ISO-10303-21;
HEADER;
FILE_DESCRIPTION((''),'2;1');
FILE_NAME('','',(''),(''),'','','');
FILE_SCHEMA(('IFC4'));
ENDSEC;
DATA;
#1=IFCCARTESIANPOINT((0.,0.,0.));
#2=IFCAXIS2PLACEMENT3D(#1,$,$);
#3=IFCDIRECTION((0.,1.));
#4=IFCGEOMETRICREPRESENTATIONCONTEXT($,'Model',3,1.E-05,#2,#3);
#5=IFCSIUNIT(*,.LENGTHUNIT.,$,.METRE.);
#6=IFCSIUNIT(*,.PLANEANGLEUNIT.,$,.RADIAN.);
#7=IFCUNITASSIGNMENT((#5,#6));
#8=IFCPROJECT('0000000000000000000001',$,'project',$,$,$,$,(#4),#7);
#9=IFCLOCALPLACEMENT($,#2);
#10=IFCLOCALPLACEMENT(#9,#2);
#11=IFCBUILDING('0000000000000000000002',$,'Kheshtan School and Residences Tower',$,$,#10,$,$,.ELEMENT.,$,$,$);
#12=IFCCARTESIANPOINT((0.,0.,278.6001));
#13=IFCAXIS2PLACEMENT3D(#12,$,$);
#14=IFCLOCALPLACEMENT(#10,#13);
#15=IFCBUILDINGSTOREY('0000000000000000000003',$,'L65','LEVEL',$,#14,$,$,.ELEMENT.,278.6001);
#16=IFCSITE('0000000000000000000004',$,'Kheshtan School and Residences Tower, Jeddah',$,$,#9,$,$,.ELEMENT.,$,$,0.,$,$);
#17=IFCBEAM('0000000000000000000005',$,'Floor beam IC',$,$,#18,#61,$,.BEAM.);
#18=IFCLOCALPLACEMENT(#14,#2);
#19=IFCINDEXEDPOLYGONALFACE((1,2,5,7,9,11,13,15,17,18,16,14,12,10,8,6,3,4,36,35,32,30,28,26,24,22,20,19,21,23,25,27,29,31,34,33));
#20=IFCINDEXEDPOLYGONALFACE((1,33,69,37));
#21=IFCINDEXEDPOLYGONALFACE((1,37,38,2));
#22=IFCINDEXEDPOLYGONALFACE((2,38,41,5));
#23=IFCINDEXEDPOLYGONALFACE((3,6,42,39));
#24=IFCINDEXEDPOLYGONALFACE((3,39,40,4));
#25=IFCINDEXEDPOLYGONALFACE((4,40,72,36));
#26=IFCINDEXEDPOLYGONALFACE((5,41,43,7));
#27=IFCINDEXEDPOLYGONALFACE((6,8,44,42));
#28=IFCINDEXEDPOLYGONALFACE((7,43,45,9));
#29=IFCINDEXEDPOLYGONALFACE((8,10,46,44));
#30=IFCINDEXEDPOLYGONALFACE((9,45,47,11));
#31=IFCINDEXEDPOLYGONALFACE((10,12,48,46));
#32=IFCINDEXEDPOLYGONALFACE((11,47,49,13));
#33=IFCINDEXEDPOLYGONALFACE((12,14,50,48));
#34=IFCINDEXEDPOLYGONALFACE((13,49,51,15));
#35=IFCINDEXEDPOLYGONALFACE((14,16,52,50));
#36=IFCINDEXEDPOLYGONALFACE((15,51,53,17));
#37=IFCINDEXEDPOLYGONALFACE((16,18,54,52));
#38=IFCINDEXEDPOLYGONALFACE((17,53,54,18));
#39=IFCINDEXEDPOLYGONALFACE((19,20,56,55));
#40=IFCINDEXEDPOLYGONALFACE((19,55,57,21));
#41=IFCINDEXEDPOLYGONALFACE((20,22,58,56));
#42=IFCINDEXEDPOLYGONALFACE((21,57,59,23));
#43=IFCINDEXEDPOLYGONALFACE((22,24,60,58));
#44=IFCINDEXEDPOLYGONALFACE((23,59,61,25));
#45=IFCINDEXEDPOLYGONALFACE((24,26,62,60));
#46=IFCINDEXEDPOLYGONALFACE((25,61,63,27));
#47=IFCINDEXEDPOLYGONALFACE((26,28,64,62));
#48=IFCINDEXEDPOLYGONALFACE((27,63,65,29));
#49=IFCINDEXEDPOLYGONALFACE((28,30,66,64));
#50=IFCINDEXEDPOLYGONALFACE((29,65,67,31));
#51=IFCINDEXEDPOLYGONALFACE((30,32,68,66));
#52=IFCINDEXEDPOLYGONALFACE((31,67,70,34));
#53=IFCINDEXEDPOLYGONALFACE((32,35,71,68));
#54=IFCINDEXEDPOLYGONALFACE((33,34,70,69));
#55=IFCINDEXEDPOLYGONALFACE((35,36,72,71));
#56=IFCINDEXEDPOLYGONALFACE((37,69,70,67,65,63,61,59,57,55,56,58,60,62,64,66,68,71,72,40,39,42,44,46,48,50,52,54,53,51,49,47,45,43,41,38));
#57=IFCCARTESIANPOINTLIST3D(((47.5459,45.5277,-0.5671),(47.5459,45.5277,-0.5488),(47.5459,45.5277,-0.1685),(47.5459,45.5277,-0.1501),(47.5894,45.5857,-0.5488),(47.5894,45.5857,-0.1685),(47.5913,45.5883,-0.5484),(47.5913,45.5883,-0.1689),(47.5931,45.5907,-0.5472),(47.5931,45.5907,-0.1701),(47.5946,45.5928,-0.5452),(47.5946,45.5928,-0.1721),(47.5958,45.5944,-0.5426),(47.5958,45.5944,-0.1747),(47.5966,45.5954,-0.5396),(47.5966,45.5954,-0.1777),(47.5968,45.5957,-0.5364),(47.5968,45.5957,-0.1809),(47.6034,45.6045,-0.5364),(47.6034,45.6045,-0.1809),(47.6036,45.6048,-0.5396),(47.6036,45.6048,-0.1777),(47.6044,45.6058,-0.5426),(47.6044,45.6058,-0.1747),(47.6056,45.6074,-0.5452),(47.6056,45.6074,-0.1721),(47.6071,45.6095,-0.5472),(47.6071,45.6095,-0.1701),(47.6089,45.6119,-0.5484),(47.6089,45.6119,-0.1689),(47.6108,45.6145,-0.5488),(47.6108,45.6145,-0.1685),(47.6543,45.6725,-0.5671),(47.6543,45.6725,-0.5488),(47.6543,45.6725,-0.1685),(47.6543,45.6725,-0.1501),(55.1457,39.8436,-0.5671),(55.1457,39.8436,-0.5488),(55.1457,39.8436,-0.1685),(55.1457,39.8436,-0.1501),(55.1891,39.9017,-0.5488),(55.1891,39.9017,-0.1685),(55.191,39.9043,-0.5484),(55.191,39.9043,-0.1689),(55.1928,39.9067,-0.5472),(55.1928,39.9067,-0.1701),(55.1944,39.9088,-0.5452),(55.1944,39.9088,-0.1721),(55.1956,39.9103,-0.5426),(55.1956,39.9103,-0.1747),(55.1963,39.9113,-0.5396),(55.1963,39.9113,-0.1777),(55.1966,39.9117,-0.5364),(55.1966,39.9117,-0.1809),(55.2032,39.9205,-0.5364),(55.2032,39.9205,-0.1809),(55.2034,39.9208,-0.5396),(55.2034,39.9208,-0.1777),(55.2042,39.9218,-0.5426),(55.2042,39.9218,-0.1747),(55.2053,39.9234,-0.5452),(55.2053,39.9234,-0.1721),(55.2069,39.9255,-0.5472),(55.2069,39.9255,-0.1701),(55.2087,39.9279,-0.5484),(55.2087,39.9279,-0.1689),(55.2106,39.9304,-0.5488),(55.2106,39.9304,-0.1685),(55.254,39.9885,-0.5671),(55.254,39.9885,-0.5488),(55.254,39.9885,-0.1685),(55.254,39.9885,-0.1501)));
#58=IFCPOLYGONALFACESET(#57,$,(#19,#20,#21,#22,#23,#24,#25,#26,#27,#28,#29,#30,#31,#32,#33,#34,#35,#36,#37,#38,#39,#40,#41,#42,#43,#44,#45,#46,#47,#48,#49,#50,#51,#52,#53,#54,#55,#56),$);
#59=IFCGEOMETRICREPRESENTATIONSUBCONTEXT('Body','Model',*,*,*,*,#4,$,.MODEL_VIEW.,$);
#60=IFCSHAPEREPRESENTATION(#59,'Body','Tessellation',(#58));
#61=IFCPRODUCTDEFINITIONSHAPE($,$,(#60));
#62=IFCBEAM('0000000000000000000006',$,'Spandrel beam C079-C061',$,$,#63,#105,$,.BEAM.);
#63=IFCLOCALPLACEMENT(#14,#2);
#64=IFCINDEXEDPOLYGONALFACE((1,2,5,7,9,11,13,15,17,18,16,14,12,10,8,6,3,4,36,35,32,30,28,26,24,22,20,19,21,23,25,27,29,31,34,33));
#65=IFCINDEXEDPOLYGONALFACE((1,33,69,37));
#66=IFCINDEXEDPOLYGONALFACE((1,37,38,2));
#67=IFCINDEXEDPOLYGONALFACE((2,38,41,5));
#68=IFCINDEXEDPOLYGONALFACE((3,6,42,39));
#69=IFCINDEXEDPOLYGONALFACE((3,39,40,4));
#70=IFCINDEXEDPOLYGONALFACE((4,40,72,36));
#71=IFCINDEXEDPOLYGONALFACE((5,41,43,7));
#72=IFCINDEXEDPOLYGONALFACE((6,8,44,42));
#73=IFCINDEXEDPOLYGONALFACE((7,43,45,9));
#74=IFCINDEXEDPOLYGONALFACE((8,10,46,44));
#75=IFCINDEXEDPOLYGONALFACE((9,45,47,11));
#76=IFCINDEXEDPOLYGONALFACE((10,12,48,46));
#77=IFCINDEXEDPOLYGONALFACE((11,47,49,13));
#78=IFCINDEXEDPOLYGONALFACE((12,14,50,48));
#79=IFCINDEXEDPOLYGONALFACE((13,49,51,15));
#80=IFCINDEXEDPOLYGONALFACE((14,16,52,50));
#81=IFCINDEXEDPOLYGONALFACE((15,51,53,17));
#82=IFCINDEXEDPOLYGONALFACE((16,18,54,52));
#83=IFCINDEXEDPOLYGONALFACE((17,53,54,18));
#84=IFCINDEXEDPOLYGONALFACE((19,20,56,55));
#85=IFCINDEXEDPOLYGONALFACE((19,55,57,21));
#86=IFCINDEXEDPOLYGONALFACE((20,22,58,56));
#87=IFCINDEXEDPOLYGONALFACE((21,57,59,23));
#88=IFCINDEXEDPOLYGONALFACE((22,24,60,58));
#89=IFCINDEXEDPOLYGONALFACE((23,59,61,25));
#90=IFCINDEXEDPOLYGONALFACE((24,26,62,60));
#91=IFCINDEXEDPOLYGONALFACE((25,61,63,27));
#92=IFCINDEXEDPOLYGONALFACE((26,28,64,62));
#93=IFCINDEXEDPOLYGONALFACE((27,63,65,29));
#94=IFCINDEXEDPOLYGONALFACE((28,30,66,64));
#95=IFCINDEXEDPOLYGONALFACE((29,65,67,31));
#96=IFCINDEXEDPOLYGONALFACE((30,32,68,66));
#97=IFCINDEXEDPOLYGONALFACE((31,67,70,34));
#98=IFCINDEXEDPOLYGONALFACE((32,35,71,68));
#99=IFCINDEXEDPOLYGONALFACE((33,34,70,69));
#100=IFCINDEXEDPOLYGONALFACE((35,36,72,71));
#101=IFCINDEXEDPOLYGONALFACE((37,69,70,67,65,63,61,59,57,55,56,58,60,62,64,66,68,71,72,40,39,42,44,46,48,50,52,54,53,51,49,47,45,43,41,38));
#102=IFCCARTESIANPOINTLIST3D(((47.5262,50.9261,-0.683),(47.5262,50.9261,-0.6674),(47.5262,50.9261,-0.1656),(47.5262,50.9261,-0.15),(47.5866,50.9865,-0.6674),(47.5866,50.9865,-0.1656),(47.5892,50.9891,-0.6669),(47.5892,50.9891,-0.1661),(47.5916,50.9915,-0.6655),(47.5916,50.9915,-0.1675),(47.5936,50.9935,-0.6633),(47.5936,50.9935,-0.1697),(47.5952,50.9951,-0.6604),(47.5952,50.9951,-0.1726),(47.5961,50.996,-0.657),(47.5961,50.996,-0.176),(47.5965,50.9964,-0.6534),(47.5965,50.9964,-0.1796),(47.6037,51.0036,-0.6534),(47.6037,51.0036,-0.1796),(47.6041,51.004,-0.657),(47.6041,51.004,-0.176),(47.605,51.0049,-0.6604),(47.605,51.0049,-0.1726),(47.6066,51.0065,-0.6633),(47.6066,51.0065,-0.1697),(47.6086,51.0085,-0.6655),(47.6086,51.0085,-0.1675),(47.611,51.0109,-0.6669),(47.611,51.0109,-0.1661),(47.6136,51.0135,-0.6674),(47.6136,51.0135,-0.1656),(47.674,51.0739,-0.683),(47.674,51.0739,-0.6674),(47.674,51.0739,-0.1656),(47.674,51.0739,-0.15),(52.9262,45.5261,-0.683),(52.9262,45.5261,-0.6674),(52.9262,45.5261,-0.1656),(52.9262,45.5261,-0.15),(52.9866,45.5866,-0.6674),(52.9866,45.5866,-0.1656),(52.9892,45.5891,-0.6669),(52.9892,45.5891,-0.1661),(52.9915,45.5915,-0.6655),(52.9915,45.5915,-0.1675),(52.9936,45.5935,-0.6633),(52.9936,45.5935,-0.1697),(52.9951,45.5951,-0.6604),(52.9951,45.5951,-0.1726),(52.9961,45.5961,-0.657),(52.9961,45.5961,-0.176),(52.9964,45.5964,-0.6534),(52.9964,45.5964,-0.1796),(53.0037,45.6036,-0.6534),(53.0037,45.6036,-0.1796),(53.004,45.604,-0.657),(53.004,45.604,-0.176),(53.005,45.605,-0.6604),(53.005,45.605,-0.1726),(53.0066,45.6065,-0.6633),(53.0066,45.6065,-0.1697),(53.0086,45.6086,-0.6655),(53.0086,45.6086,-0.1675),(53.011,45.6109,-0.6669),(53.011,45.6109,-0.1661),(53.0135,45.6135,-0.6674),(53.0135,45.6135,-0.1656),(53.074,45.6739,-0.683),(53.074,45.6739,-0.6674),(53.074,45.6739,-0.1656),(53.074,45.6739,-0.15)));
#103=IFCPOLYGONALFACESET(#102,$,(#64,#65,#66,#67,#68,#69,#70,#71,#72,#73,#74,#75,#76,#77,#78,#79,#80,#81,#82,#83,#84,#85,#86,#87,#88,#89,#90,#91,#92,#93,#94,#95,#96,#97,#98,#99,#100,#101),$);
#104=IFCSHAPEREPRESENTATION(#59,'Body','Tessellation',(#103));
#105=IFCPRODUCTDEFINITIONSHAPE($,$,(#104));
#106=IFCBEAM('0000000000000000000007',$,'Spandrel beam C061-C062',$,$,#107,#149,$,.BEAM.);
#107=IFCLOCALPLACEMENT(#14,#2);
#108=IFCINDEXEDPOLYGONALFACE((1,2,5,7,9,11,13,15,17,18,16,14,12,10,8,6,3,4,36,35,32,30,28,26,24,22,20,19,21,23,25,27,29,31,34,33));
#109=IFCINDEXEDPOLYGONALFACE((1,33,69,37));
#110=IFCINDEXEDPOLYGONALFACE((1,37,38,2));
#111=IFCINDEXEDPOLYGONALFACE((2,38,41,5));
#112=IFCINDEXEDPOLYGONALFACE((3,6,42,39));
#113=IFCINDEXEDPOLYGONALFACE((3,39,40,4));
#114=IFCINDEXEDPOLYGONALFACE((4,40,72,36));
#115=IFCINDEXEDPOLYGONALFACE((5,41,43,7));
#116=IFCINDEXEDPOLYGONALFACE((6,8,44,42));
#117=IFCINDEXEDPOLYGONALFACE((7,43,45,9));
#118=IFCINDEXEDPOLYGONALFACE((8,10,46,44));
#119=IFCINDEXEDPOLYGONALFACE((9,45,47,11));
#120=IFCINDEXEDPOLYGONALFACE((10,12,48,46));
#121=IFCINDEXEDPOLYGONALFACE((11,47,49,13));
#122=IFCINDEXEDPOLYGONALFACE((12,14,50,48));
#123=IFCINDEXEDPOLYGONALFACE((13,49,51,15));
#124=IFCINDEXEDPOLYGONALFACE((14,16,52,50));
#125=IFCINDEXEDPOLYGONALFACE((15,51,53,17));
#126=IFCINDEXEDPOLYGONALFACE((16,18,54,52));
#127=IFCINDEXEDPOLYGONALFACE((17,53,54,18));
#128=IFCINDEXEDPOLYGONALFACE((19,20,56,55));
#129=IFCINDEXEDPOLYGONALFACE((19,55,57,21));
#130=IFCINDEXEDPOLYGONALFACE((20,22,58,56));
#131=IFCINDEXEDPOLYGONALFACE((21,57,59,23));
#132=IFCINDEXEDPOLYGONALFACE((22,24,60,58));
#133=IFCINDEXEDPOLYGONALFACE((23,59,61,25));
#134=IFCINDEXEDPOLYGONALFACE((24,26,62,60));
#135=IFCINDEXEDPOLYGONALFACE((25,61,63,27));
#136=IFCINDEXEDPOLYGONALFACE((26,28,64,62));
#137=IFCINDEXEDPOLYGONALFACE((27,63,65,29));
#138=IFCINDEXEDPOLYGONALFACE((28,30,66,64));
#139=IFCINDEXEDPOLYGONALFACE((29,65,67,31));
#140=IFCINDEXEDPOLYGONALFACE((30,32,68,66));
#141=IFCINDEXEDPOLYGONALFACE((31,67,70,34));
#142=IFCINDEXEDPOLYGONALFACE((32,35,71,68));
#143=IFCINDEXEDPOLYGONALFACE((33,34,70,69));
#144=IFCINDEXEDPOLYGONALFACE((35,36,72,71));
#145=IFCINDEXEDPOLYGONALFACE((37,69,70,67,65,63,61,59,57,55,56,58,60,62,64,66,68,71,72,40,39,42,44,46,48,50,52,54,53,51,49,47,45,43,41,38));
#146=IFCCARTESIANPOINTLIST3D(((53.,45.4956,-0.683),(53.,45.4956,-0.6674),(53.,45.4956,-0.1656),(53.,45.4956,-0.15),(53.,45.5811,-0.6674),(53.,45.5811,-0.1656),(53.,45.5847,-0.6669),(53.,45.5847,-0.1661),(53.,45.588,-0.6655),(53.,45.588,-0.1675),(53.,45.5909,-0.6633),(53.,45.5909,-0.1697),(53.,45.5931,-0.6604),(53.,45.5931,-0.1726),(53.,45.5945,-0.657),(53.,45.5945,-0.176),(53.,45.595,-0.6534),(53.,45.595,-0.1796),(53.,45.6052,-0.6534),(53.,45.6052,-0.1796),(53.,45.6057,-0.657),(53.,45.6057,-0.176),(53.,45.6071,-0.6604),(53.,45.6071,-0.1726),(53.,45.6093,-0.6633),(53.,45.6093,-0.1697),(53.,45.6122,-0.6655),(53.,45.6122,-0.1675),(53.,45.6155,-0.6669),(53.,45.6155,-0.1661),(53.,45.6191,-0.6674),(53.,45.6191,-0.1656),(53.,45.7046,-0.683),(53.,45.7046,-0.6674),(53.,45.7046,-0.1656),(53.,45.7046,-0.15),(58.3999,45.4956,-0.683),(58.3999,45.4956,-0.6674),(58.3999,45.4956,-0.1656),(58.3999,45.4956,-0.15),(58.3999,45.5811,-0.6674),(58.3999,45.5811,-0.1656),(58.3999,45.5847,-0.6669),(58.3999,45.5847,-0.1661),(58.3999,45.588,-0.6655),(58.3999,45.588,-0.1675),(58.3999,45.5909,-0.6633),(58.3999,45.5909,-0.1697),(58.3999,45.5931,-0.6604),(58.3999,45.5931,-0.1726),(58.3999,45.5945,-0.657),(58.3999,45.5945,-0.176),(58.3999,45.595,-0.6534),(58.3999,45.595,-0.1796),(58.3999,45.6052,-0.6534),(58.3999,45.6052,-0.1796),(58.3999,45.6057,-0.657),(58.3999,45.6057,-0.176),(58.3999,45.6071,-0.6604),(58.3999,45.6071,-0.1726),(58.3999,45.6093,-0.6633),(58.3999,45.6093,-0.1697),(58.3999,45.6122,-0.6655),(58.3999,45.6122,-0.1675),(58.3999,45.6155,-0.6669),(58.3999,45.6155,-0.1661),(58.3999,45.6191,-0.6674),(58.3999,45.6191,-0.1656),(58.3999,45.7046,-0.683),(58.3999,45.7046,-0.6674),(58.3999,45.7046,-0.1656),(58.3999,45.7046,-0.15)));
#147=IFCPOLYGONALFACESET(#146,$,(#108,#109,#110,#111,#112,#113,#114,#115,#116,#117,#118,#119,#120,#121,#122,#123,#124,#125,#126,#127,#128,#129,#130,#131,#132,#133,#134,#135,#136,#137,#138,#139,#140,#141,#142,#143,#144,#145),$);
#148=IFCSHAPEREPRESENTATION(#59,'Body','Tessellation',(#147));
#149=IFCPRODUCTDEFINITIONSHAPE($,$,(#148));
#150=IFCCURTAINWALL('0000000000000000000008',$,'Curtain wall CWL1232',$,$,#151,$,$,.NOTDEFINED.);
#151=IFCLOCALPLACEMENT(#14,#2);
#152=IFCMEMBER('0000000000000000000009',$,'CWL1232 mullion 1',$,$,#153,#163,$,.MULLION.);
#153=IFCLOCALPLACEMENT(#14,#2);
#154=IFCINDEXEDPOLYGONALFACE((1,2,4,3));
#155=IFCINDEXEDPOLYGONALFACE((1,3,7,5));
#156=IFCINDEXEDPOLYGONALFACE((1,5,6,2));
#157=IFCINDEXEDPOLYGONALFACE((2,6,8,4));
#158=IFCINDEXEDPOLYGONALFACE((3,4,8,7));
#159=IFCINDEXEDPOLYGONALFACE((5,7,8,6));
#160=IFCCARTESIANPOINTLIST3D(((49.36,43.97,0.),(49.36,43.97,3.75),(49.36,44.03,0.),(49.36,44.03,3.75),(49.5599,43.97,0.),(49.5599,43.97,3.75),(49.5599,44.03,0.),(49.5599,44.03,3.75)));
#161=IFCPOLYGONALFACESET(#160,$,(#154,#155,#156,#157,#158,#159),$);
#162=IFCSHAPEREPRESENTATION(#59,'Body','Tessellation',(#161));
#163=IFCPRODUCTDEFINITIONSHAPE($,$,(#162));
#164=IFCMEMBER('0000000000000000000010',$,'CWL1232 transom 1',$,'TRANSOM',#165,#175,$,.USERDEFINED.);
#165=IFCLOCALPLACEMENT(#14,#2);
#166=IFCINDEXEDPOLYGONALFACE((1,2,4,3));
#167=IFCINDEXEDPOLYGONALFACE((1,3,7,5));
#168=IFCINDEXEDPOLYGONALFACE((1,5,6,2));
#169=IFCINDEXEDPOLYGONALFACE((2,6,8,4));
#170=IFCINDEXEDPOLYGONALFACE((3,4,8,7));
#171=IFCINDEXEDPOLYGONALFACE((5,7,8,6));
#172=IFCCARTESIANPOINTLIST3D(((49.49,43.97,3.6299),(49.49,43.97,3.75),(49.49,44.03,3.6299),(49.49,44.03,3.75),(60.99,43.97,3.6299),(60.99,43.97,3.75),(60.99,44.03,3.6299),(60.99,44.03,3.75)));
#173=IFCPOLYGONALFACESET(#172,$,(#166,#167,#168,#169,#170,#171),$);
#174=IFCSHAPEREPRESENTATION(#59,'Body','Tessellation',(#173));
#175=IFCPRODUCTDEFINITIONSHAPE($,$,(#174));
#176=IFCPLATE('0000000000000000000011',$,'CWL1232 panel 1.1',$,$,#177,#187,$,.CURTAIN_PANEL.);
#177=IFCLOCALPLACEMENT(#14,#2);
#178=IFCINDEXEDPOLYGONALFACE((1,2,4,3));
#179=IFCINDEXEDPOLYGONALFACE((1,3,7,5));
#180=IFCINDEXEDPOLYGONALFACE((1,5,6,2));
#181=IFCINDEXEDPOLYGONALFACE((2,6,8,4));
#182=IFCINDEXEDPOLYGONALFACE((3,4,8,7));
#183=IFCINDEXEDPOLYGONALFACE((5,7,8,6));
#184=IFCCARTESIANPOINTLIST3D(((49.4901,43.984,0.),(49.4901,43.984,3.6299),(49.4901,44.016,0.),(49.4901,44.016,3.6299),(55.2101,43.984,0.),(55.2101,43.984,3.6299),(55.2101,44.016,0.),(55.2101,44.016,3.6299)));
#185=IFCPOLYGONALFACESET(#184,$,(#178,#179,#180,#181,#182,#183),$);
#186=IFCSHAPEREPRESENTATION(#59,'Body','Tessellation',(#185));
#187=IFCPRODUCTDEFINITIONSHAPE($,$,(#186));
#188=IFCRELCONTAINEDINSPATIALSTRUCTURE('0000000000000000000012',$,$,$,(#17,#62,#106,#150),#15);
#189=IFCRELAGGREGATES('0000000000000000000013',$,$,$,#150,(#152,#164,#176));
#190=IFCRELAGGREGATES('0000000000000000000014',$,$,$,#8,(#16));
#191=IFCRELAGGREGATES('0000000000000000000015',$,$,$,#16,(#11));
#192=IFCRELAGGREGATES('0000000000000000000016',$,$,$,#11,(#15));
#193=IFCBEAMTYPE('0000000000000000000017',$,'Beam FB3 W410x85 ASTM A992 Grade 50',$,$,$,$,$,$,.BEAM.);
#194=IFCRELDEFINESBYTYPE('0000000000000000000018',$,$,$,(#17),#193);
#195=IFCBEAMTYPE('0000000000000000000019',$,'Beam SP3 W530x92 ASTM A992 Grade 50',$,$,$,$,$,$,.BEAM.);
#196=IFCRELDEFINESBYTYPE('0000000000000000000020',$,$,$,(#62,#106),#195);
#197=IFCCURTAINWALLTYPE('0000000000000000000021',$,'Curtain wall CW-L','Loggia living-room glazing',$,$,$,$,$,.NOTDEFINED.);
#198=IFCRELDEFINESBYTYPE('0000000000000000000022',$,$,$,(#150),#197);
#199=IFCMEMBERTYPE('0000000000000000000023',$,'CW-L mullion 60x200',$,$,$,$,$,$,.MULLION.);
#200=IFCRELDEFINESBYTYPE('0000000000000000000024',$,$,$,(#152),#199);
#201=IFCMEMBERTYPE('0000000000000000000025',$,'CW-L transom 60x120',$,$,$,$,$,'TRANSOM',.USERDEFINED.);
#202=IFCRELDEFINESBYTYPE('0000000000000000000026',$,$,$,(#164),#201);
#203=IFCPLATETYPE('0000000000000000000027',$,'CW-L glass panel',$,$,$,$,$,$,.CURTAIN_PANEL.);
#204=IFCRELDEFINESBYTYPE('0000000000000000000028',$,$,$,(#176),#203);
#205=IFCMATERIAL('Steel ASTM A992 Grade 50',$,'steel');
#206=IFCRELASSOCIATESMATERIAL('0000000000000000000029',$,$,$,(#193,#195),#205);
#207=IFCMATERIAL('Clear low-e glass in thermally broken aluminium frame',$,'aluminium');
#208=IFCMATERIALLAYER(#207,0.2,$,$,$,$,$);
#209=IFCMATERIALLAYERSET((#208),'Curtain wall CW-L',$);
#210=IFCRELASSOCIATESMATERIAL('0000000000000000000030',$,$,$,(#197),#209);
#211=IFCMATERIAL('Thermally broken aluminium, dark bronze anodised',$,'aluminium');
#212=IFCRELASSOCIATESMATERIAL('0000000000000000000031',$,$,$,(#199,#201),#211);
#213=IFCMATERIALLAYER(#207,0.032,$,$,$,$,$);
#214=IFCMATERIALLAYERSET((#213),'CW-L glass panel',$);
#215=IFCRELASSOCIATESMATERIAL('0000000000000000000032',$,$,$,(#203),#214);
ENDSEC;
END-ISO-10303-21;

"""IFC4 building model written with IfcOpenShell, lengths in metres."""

from ifc_helpers import new_model, si_unit, direction, frame, origin, origin_2d, place, context, subcontext, project, spatial, rectangle, i_section, extrude, material, layer, layer_set, material_profile, profile_set, type_object, element, aggregate, save


model = new_model("IFC4")

# Units and contexts
model_context = context("Model", 3, precision=1e-05, world=origin(), true_north=direction((0.0, 1.0)))
body_context = subcontext(model_context, "Body", "Model", "MODEL_VIEW")
ifc_project = project(units=[si_unit("LENGTHUNIT", "METRE"), si_unit("PLANEANGLEUNIT", "RADIAN")], contexts=[model_context])

# Site, building, storey
site_placement = place(None, origin())
site = spatial("IfcSite", under=ifc_project, at=site_placement, Name="Kheshtan School and Residences Tower, Jeddah", CompositionType="ELEMENT", RefElevation=0.0)
building_placement = place(site_placement, origin())
building = spatial("IfcBuilding", under=site, at=building_placement, Name="Kheshtan School and Residences Tower", CompositionType="ELEMENT")
storey_placement = place(building_placement, frame((0.0, 0.0, 278.6001)))
storey = spatial("IfcBuildingStorey", under=building, at=storey_placement, Name="L65", Description="LEVEL", CompositionType="ELEMENT", Elevation=278.6001)

# Shared definitions
ifc_material_1 = material(Name="Steel ASTM A992 Grade 50", Category="steel")

# Beams
ifc_material_profile_1 = material_profile(ifc_material_1, i_section(OverallWidth=0.1809, OverallDepth=0.417, WebThickness=0.011, FlangeThickness=0.0183, FilletRadius=0.0125, at=origin_2d()), Name="W410x85")
ifc_profile_set_1 = profile_set([ifc_material_profile_1], Name="Steel ASTM A992 Grade 50")
beam_type_1 = type_object("IfcBeamType", Name="Beam FB3 W410x85 ASTM A992 Grade 50", PredefinedType="BEAM", material=ifc_profile_set_1)
beam_1_placement = place(storey_placement, frame((47.6001, 45.6001, -0.3586), z_axis=(0.800799, -0.598933, 0.0), x_axis=(0.598933, 0.800799, 0.0)))
element("IfcBeam", 1, at=beam_1_placement, inside=storey, type_object=beam_type_1, Name="Floor beam IC", PredefinedType="BEAM", context=body_context, shape_type="SweptSolid", body=[
    extrude(i_section(OverallWidth=0.1809, OverallDepth=0.417, WebThickness=0.011, FlangeThickness=0.0183, FilletRadius=0.0125, at=origin_2d()), origin(), (0.0, 0.0, 1.0), 9.4902),
])
ifc_material_profile_2 = material_profile(ifc_material_1, i_section(OverallWidth=0.209, OverallDepth=0.533, WebThickness=0.0103, FlangeThickness=0.0156, FilletRadius=0.0139, at=origin_2d()), Name="W530x92")
ifc_profile_set_2 = profile_set([ifc_material_profile_2], Name="Steel ASTM A992 Grade 50")
beam_type_2 = type_object("IfcBeamType", Name="Beam SP3 W530x92 ASTM A992 Grade 50", PredefinedType="BEAM", material=ifc_profile_set_2)
beam_2_placement = place(storey_placement, frame((47.6001, 51.0, -0.4165), z_axis=(0.707107, -0.707107, 0.0), x_axis=(0.707107, 0.707107, 0.0)))
element("IfcBeam", 2, at=beam_2_placement, inside=storey, type_object=beam_type_2, Name="Spandrel beam C079-C061", PredefinedType="BEAM", context=body_context, shape_type="SweptSolid", body=[
    extrude(i_section(OverallWidth=0.209, OverallDepth=0.533, WebThickness=0.0103, FlangeThickness=0.0156, FilletRadius=0.0139, at=origin_2d()), origin(), (0.0, 0.0, 1.0), 7.6367),
])
beam_3_placement = place(storey_placement, frame((53.0, 45.6001, -0.4165), z_axis=(1.0, 0.0, 0.0), x_axis=(0.0, 1.0, 0.0)))
element("IfcBeam", 3, at=beam_3_placement, inside=storey, type_object=beam_type_2, Name="Spandrel beam C061-C062", PredefinedType="BEAM", context=body_context, shape_type="SweptSolid", body=[
    extrude(i_section(OverallWidth=0.209, OverallDepth=0.533, WebThickness=0.0103, FlangeThickness=0.0156, FilletRadius=0.0139, at=origin_2d()), origin(), (0.0, 0.0, 1.0), 5.3999),
])

# Curtain wall, members, plate
ifc_material_2 = material(Name="Clear low-e glass in thermally broken aluminium frame", Category="aluminium")
ifc_layer_1 = layer(ifc_material_2, 0.2)
ifc_layer_set_1 = layer_set([ifc_layer_1], Name="Curtain wall CW-L")
curtain_wall_type = type_object("IfcCurtainWallType", Name="Curtain wall CW-L", Description="Loggia living-room glazing", PredefinedType="NOTDEFINED", material=ifc_layer_set_1)
curtain_wall_placement = place(storey_placement, origin())
curtain_wall = element("IfcCurtainWall", 4, at=curtain_wall_placement, inside=storey, type_object=curtain_wall_type, Name="Curtain wall CWL1232", PredefinedType="NOTDEFINED")
ifc_material_3 = material(Name="Thermally broken aluminium, dark bronze anodised", Category="aluminium")
ifc_material_profile_3 = material_profile(ifc_material_3, rectangle(XDim=0.0601, YDim=0.2, at=origin_2d()), Name="CW-L mullion 60x200")
ifc_profile_set_3 = profile_set([ifc_material_profile_3], Name="Thermally broken aluminium, dark bronze anodised")
member_type_1 = type_object("IfcMemberType", Name="CW-L mullion 60x200", PredefinedType="MULLION", material=ifc_profile_set_3)
member_1_placement = place(storey_placement, frame((49.46, 44.0, 0.0), z_axis=(0.0, 0.0, 1.0), x_axis=(0.0, 1.0, 0.0)))
member_1 = element("IfcMember", 5, at=member_1_placement, type_object=member_type_1, Name="CWL1232 mullion 1", PredefinedType="MULLION", context=body_context, shape_type="SweptSolid", body=[
    extrude(rectangle(XDim=0.0601, YDim=0.2, at=origin_2d()), origin(), (0.0, 0.0, 1.0), 3.75),
])
ifc_material_profile_4 = material_profile(ifc_material_3, rectangle(XDim=0.0601, YDim=0.1201, at=origin_2d()), Name="CW-L transom 60x120")
ifc_profile_set_4 = profile_set([ifc_material_profile_4], Name="Thermally broken aluminium, dark bronze anodised")
member_type_2 = type_object("IfcMemberType", Name="CW-L transom 60x120", ElementType="TRANSOM", PredefinedType="USERDEFINED", material=ifc_profile_set_4)
member_2_placement = place(storey_placement, frame((49.49, 44.0, 3.6899), z_axis=(1.0, 0.0, 0.0), x_axis=(0.0, 1.0, 0.0)))
member_2 = element("IfcMember", 6, at=member_2_placement, type_object=member_type_2, Name="CWL1232 transom 1", ObjectType="TRANSOM", PredefinedType="USERDEFINED", context=body_context, shape_type="SweptSolid", body=[
    extrude(rectangle(XDim=0.0601, YDim=0.1201, at=origin_2d()), origin(), (0.0, 0.0, 1.0), 11.5),
])
ifc_layer_2 = layer(ifc_material_2, 0.032)
ifc_layer_set_2 = layer_set([ifc_layer_2], Name="CW-L glass panel")
plate_type = type_object("IfcPlateType", Name="CW-L glass panel", PredefinedType="CURTAIN_PANEL", material=ifc_layer_set_2)
plate_placement = place(storey_placement, frame((52.3501, 44.0, 0.0), z_axis=(0.0, 0.0, 1.0), x_axis=(1.0, 0.0, 0.0)))
plate = element("IfcPlate", 7, at=plate_placement, type_object=plate_type, Name="CWL1232 panel 1.1", PredefinedType="CURTAIN_PANEL", context=body_context, shape_type="SweptSolid", body=[
    extrude(rectangle(XDim=5.72, YDim=0.032, at=origin_2d()), origin(), (0.0, 0.0, 1.0), 3.6299),
])
aggregate(curtain_wall, [member_1, member_2, plate])

save(model, "model.ifc")
